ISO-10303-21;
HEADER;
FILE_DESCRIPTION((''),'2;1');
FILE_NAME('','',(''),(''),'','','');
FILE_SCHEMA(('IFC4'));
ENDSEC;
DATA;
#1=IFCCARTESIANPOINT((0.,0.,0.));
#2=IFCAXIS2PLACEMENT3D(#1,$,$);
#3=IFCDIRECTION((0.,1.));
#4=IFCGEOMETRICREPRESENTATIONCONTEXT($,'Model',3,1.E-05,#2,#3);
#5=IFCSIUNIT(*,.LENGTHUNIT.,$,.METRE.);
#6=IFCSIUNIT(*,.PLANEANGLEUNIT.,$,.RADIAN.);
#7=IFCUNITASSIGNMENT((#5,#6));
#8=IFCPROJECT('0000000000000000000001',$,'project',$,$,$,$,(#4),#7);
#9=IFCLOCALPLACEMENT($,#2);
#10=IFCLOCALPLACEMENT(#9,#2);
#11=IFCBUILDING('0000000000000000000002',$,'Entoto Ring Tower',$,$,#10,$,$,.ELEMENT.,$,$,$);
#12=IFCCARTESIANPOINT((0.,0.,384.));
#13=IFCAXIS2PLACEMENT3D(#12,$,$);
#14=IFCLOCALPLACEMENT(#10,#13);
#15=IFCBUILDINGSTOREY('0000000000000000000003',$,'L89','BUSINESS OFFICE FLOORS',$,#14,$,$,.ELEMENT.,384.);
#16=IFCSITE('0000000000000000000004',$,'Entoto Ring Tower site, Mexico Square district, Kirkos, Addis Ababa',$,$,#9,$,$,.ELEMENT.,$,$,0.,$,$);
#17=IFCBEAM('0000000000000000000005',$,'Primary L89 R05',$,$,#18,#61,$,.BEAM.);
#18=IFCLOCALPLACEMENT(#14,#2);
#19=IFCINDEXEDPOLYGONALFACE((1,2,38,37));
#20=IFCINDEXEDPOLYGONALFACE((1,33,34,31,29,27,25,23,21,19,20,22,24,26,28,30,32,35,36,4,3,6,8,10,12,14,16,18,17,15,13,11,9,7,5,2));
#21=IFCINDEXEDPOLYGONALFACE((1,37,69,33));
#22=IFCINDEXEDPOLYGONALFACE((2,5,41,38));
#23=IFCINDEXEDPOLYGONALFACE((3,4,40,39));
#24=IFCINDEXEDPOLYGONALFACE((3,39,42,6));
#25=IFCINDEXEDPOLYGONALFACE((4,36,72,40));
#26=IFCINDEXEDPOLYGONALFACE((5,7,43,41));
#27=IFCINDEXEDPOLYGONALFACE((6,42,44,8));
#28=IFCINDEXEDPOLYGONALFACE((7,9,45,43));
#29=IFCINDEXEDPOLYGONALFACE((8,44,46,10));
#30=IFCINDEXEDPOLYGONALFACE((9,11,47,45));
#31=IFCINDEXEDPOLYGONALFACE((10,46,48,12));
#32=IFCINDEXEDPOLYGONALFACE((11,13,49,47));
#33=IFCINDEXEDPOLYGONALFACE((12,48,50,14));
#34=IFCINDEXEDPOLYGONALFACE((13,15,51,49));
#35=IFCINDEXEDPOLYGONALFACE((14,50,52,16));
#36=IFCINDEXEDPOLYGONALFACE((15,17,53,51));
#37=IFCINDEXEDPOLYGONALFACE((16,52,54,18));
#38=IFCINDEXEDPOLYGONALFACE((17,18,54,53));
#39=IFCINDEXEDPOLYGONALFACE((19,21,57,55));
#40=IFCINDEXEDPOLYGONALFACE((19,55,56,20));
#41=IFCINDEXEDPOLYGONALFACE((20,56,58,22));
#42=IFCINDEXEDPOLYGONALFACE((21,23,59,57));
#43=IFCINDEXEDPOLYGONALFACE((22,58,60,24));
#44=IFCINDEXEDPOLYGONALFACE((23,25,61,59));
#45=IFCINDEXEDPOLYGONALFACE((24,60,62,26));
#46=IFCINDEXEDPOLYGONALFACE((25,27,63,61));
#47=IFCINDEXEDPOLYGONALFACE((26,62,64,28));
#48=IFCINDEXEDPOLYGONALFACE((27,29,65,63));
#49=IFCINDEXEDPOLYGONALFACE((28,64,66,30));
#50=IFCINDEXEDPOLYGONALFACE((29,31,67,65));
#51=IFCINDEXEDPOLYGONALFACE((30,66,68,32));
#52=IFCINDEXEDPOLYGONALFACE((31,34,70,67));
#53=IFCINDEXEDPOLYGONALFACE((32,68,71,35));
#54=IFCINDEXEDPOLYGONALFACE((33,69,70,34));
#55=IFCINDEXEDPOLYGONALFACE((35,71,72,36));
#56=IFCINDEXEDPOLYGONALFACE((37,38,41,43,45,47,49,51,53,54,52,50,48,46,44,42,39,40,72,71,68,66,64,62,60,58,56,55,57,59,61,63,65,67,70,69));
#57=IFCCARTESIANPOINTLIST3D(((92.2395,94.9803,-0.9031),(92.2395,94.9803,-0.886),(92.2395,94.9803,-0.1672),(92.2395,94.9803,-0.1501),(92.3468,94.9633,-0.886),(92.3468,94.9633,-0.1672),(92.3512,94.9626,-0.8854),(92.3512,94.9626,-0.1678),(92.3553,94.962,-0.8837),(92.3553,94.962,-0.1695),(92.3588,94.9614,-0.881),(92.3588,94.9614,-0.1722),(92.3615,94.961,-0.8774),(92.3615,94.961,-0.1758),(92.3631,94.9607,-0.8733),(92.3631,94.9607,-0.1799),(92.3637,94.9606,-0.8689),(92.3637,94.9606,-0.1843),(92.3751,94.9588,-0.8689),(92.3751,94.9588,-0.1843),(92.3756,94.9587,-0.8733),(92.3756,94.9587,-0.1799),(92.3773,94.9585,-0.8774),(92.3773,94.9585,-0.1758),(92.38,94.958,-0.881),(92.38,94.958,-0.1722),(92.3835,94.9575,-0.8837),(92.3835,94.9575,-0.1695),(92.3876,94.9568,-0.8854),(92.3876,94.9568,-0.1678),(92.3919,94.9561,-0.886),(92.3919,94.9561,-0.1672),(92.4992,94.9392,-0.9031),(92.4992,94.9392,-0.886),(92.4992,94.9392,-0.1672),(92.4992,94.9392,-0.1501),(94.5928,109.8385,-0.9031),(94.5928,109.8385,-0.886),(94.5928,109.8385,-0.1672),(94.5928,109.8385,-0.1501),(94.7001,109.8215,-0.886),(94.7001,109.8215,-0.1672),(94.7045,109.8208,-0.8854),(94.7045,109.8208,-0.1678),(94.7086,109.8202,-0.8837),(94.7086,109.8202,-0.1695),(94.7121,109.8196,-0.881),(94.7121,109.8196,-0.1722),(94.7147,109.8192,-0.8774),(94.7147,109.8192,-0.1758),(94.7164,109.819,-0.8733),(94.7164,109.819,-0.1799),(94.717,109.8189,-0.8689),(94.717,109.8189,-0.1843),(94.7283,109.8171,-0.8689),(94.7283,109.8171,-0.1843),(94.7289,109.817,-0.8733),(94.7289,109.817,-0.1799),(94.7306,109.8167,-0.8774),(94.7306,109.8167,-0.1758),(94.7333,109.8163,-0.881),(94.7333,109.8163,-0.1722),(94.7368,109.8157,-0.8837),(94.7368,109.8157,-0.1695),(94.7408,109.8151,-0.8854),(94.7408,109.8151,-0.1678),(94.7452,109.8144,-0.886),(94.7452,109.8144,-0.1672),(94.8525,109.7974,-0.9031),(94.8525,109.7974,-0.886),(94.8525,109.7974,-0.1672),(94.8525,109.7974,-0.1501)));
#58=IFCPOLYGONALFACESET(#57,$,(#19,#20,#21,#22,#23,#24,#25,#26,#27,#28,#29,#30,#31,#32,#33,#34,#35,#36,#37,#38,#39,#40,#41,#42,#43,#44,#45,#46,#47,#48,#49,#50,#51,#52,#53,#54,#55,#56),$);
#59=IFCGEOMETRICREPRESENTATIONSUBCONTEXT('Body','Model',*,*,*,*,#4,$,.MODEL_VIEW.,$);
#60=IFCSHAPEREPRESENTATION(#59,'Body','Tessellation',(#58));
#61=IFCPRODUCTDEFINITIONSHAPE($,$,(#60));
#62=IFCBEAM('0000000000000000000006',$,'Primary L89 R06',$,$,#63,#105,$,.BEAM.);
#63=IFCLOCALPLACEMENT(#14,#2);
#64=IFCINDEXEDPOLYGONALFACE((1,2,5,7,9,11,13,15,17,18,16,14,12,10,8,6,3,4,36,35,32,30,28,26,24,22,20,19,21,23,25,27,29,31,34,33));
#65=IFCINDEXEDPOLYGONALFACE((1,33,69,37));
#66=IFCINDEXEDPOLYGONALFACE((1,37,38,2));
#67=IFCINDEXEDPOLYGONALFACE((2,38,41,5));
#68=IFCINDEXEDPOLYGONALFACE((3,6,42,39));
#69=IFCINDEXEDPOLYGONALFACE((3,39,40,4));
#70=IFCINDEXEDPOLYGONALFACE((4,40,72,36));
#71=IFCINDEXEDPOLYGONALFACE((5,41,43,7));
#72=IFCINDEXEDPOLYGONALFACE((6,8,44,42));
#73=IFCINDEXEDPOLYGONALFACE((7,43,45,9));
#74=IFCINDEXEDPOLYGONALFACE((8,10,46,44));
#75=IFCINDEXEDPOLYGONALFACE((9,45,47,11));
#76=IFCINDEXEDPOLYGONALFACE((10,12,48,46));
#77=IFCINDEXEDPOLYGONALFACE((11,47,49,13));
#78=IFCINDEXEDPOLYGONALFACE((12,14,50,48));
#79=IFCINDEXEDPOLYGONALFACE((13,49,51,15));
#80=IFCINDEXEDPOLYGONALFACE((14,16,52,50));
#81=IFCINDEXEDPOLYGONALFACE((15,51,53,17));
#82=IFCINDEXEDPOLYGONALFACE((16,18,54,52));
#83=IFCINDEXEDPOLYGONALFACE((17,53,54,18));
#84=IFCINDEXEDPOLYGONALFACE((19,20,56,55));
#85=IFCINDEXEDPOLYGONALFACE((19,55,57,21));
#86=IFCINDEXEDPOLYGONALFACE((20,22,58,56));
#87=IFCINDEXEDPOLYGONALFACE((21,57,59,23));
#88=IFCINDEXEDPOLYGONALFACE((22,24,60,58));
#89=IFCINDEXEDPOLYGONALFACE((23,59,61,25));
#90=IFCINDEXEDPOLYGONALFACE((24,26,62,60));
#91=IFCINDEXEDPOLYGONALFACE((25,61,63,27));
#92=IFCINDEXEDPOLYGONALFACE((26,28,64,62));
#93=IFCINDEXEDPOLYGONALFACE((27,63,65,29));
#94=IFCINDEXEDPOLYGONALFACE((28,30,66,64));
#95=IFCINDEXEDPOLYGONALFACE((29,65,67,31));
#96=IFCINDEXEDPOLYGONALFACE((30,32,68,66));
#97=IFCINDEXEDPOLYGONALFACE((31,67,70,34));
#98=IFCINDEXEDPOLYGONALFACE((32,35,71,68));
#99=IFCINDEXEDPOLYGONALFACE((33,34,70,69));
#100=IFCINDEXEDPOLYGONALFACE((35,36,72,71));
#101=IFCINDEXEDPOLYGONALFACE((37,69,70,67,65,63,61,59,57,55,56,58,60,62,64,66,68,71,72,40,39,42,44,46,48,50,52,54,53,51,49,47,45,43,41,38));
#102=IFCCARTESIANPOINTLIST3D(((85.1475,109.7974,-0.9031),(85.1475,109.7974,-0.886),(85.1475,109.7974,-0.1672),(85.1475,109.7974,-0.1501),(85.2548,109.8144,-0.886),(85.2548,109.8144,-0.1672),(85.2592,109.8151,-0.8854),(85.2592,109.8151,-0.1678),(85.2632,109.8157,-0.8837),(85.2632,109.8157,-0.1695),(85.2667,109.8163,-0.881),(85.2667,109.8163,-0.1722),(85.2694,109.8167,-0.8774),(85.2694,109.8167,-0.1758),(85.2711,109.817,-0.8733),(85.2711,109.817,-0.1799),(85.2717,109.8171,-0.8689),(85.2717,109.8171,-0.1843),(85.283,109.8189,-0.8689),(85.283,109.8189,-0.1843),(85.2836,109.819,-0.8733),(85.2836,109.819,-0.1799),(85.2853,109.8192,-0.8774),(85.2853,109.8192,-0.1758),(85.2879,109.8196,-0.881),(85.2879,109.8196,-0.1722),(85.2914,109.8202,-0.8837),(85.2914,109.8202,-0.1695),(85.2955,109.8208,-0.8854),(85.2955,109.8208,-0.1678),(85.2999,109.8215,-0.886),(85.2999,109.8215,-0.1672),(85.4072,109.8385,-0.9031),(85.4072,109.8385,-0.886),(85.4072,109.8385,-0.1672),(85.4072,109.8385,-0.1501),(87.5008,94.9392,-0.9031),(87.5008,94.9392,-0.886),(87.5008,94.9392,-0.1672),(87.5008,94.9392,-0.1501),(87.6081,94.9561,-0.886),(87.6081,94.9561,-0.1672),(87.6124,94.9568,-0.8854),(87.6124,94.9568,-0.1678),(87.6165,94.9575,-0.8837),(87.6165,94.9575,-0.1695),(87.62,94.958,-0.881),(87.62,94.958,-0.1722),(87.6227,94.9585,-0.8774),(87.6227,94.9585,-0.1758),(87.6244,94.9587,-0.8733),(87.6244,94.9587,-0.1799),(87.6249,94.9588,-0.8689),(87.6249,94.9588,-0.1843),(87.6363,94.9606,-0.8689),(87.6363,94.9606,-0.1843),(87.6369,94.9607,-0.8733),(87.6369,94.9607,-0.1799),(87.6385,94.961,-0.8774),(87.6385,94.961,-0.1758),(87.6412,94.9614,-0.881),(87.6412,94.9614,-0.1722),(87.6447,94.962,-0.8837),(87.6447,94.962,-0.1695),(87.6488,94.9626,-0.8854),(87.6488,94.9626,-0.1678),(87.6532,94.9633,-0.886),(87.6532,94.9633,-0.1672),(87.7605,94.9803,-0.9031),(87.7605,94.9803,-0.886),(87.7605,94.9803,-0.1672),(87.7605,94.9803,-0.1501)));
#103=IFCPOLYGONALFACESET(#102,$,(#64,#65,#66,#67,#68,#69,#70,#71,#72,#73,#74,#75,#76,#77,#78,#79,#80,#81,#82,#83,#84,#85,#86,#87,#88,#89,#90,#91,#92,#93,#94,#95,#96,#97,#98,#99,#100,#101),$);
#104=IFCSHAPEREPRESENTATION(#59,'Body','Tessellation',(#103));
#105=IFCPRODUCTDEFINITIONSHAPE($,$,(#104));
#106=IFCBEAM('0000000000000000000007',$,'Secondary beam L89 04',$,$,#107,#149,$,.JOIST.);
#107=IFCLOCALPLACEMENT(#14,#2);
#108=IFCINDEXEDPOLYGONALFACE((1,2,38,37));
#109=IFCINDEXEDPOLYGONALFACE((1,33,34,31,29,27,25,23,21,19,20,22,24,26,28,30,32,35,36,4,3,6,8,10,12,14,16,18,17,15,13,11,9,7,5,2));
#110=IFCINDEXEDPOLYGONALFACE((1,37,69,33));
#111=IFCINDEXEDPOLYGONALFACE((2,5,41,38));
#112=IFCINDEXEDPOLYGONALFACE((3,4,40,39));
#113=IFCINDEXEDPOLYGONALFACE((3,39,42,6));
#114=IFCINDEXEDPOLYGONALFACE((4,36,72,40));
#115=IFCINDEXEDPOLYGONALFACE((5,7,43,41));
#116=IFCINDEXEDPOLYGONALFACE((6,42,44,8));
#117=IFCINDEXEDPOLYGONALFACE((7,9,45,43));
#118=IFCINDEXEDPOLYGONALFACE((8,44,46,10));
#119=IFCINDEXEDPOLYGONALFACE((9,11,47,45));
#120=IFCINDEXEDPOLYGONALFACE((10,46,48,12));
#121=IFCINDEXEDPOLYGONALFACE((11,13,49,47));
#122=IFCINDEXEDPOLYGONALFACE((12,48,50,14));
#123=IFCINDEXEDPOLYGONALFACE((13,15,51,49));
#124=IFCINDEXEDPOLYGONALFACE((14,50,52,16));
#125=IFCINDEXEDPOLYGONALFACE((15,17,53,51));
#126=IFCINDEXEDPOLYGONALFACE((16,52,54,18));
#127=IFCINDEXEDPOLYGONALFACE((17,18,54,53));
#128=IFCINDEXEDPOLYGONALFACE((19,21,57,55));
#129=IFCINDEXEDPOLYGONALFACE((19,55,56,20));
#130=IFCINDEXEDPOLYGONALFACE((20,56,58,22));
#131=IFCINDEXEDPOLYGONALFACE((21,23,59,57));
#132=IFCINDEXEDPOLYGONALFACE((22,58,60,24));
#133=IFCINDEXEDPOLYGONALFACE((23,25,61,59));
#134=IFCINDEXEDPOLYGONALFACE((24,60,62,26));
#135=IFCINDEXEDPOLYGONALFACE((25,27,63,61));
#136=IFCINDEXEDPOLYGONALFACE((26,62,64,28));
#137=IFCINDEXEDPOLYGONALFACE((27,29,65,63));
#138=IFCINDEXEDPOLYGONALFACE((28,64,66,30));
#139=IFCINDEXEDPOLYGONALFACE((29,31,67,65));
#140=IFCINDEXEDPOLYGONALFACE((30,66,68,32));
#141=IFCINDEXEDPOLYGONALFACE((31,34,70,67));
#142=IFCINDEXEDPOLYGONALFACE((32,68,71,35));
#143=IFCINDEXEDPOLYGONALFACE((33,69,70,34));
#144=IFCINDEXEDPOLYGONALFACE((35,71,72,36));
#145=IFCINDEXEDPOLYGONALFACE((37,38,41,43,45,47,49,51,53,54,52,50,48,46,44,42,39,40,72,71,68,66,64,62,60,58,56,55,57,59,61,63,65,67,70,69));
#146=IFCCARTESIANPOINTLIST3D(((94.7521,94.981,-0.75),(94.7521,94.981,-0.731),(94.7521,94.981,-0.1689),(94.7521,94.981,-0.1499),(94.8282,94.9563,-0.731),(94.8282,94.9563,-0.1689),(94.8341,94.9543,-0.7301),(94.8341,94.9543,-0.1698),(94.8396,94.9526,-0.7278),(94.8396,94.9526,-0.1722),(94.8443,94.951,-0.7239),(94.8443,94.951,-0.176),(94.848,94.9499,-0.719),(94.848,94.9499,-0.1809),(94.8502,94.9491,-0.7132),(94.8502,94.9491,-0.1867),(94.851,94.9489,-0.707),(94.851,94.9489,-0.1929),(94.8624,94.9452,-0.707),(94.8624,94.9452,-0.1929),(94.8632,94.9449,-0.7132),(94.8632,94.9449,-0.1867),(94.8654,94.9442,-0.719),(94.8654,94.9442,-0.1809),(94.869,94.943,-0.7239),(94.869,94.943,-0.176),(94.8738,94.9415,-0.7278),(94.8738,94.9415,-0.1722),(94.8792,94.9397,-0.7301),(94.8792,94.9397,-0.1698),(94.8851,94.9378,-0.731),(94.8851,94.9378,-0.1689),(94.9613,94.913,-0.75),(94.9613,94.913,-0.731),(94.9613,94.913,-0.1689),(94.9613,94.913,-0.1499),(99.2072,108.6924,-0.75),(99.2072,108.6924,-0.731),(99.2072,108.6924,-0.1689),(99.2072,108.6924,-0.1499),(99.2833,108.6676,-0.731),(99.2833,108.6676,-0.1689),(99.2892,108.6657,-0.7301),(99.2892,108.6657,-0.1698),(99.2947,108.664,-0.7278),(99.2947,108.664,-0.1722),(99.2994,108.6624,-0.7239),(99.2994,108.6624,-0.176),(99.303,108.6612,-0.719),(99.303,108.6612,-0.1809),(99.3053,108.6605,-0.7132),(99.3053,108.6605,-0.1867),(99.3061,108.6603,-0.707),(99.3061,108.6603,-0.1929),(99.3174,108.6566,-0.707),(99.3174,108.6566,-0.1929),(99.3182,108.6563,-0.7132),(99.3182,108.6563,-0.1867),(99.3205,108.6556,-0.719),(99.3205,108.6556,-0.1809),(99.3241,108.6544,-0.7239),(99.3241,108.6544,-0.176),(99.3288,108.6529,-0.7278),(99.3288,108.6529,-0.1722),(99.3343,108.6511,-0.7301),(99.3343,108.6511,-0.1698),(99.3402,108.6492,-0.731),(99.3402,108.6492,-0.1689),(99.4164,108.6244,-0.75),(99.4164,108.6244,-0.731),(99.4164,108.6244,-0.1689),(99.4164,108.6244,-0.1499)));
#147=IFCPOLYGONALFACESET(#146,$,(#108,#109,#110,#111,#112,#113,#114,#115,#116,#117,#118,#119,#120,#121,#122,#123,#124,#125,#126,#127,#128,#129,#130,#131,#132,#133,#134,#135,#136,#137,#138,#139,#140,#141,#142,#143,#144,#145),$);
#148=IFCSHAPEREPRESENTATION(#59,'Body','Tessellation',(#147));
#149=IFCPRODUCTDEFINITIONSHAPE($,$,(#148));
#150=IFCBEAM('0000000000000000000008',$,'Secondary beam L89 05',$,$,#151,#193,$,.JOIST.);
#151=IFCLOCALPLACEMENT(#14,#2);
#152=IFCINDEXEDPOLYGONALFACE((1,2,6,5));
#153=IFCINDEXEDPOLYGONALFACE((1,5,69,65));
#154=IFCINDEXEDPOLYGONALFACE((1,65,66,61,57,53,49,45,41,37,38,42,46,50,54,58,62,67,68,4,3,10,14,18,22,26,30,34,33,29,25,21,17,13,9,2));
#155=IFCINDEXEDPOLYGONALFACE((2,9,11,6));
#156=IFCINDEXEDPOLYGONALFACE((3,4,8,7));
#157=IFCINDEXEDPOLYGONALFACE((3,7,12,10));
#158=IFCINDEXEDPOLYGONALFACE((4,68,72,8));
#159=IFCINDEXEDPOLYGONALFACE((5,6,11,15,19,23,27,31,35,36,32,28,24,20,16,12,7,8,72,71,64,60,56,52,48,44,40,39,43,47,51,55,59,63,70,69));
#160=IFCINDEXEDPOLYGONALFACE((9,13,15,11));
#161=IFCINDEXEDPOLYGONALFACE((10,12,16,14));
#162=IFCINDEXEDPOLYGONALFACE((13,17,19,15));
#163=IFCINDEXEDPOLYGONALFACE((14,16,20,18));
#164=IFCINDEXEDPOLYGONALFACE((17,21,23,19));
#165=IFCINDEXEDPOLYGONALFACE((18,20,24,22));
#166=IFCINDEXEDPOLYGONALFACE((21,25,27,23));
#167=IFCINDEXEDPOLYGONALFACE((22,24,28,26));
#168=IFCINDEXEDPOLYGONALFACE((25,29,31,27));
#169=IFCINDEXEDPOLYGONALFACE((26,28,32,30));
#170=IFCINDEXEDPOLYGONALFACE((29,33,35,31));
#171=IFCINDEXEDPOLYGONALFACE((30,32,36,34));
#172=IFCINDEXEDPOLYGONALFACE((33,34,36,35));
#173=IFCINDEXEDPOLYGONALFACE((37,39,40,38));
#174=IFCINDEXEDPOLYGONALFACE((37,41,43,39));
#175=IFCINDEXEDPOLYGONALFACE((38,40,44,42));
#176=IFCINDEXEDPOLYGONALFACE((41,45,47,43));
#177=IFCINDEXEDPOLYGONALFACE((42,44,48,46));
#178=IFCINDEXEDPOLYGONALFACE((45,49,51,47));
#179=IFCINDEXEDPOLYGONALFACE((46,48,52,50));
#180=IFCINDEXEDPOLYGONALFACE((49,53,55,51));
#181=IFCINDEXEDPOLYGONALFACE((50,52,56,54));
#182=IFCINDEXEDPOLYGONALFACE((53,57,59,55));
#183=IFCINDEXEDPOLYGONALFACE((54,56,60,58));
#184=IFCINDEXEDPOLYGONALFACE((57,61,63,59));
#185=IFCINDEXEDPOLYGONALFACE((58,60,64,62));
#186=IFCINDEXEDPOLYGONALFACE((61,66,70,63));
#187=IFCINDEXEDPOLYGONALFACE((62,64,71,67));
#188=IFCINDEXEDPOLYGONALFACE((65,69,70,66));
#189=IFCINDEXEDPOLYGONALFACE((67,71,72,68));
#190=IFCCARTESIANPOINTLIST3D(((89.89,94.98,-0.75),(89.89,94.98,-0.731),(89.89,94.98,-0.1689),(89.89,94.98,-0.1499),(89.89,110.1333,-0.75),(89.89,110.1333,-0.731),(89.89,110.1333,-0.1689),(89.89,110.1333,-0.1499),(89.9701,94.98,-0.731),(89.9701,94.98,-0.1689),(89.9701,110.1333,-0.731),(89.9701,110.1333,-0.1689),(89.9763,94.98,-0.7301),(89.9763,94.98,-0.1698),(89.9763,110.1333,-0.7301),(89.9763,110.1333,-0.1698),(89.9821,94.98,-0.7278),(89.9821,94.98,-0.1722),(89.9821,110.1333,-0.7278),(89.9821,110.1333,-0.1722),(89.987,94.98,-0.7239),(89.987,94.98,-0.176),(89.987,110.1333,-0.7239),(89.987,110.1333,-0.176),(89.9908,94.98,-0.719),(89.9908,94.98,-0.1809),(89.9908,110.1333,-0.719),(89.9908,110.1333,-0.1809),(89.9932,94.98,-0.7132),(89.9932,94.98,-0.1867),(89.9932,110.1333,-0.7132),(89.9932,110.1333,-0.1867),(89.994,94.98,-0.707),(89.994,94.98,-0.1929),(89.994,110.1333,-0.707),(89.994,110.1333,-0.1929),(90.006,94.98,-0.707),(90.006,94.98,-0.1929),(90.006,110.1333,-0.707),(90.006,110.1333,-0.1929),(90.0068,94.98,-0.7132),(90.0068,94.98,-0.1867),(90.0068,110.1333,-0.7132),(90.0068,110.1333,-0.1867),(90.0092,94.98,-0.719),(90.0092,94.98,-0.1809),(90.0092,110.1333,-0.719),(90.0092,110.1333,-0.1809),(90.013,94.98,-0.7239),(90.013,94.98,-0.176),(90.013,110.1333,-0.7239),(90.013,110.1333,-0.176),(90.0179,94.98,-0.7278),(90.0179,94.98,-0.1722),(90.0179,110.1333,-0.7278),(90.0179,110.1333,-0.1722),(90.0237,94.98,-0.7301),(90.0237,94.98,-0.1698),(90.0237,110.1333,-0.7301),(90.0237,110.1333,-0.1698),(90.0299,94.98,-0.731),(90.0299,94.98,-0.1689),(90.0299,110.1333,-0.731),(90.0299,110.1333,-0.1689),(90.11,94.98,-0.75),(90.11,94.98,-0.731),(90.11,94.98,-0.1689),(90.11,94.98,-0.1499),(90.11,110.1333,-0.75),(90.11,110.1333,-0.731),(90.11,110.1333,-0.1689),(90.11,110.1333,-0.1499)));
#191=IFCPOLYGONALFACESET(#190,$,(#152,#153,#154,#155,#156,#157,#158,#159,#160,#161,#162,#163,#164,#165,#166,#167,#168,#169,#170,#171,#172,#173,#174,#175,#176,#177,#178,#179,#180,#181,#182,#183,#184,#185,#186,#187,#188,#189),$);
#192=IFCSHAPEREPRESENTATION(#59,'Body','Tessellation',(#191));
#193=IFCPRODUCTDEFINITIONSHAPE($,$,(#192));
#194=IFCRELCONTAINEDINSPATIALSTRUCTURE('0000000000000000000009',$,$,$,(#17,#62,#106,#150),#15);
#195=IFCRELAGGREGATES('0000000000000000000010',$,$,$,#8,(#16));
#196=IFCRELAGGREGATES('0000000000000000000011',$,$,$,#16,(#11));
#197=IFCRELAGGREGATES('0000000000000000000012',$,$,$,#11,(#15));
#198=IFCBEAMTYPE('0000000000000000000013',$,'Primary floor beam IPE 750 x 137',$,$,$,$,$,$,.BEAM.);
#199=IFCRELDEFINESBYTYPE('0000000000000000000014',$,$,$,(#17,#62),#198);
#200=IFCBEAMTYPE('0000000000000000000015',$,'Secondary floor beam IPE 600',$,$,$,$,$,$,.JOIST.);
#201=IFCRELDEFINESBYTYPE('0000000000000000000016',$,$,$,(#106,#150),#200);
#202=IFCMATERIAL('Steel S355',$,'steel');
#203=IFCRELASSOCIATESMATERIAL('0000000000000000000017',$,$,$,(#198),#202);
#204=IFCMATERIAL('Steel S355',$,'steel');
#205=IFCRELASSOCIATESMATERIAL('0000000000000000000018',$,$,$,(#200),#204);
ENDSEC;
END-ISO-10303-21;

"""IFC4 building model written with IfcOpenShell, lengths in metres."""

from ifc_helpers import new_model, si_unit, direction, frame, origin, origin_2d, place, context, subcontext, project, spatial, i_section, extrude, material, material_profile, profile_set, type_object, element, save


model = new_model("IFC4")

# Units and contexts
model_context = context("Model", 3, precision=1e-05, world=origin(), true_north=direction((0.0, 1.0)))
body_context = subcontext(model_context, "Body", "Model", "MODEL_VIEW")
ifc_project = project(units=[si_unit("LENGTHUNIT", "METRE"), si_unit("PLANEANGLEUNIT", "RADIAN")], contexts=[model_context])

# Site, building, storey
site_placement = place(None, origin())
site = spatial("IfcSite", under=ifc_project, at=site_placement, Name="Entoto Ring Tower site, Mexico Square district, Kirkos, Addis Ababa", CompositionType="ELEMENT", RefElevation=0.0)
building_placement = place(site_placement, origin())
building = spatial("IfcBuilding", under=site, at=building_placement, Name="Entoto Ring Tower", CompositionType="ELEMENT")
storey_placement = place(building_placement, frame((0.0, 0.0, 384.0)))
storey = spatial("IfcBuildingStorey", under=building, at=storey_placement, Name="L89", Description="BUSINESS OFFICE FLOORS", CompositionType="ELEMENT", Elevation=384.0)

# Beams
ifc_material_1 = material(Name="Steel S355", Category="steel")
ifc_material_profile_1 = material_profile(ifc_material_1, i_section(OverallWidth=0.2629, OverallDepth=0.7529, WebThickness=0.0115, FlangeThickness=0.0171, FilletRadius=0.0171, at=origin_2d()), Name="IPE 750 x 137")
ifc_profile_set_1 = profile_set([ifc_material_profile_1], Name="Steel S355")
beam_type_1 = type_object("IfcBeamType", Name="Primary floor beam IPE 750 x 137", PredefinedType="BEAM", material=ifc_profile_set_1)
for number, where, z_axis, x_axis, name in (
    (1, (92.3694, 94.9597, -0.5266), (0.156433, 0.987689, 0.0), (-0.987689, 0.156433, 0.0), "Primary L89 R05"),
    (2, (87.6306, 94.9597, -0.5266), (-0.156433, 0.987689, 0.0), (-0.987689, -0.156433, 0.0), "Primary L89 R06"),
):
    element("IfcBeam", number, at=place(storey_placement, frame(where, z_axis=z_axis, x_axis=x_axis)), inside=storey, type_object=beam_type_1, Name=name, PredefinedType="BEAM", context=body_context, shape_type="SweptSolid", body=[
        extrude(i_section(OverallWidth=0.2629, OverallDepth=0.7529, WebThickness=0.0115, FlangeThickness=0.0171, FilletRadius=0.0171, at=origin_2d()), origin(), (0.0, 0.0, 1.0), 15.0435),
    ])
ifc_material_2 = material(Name="Steel S355", Category="steel")
ifc_material_profile_2 = material_profile(ifc_material_2, i_section(OverallWidth=0.22, OverallDepth=0.6001, WebThickness=0.012, FlangeThickness=0.019, FilletRadius=0.0239, at=origin_2d()), Name="IPE 600")
ifc_profile_set_2 = profile_set([ifc_material_profile_2], Name="Steel S355")
beam_type_2 = type_object("IfcBeamType", Name="Secondary floor beam IPE 600", PredefinedType="JOIST", material=ifc_profile_set_2)
beam_1_placement = place(storey_placement, frame((94.8567, 94.947, -0.45), z_axis=(0.309015, 0.951057, 0.0), x_axis=(-0.951057, 0.309015, 0.0)))
element("IfcBeam", 3, at=beam_1_placement, inside=storey, type_object=beam_type_2, Name="Secondary beam L89 04", PredefinedType="JOIST", context=body_context, shape_type="SweptSolid", body=[
    extrude(i_section(OverallWidth=0.22, OverallDepth=0.6001, WebThickness=0.012, FlangeThickness=0.019, FilletRadius=0.0239, at=origin_2d()), origin(), (0.0, 0.0, 1.0), 14.417),
])
beam_2_placement = place(storey_placement, frame((90.0, 94.98, -0.45), z_axis=(0.0, 1.0, 0.0), x_axis=(-1.0, 0.0, 0.0)))
element("IfcBeam", 4, at=beam_2_placement, inside=storey, type_object=beam_type_2, Name="Secondary beam L89 05", PredefinedType="JOIST", context=body_context, shape_type="SweptSolid", body=[
    extrude(i_section(OverallWidth=0.22, OverallDepth=0.6001, WebThickness=0.012, FlangeThickness=0.019, FilletRadius=0.0239, at=origin_2d()), origin(), (0.0, 0.0, 1.0), 15.1533),
])

save(model, "model.ifc")
